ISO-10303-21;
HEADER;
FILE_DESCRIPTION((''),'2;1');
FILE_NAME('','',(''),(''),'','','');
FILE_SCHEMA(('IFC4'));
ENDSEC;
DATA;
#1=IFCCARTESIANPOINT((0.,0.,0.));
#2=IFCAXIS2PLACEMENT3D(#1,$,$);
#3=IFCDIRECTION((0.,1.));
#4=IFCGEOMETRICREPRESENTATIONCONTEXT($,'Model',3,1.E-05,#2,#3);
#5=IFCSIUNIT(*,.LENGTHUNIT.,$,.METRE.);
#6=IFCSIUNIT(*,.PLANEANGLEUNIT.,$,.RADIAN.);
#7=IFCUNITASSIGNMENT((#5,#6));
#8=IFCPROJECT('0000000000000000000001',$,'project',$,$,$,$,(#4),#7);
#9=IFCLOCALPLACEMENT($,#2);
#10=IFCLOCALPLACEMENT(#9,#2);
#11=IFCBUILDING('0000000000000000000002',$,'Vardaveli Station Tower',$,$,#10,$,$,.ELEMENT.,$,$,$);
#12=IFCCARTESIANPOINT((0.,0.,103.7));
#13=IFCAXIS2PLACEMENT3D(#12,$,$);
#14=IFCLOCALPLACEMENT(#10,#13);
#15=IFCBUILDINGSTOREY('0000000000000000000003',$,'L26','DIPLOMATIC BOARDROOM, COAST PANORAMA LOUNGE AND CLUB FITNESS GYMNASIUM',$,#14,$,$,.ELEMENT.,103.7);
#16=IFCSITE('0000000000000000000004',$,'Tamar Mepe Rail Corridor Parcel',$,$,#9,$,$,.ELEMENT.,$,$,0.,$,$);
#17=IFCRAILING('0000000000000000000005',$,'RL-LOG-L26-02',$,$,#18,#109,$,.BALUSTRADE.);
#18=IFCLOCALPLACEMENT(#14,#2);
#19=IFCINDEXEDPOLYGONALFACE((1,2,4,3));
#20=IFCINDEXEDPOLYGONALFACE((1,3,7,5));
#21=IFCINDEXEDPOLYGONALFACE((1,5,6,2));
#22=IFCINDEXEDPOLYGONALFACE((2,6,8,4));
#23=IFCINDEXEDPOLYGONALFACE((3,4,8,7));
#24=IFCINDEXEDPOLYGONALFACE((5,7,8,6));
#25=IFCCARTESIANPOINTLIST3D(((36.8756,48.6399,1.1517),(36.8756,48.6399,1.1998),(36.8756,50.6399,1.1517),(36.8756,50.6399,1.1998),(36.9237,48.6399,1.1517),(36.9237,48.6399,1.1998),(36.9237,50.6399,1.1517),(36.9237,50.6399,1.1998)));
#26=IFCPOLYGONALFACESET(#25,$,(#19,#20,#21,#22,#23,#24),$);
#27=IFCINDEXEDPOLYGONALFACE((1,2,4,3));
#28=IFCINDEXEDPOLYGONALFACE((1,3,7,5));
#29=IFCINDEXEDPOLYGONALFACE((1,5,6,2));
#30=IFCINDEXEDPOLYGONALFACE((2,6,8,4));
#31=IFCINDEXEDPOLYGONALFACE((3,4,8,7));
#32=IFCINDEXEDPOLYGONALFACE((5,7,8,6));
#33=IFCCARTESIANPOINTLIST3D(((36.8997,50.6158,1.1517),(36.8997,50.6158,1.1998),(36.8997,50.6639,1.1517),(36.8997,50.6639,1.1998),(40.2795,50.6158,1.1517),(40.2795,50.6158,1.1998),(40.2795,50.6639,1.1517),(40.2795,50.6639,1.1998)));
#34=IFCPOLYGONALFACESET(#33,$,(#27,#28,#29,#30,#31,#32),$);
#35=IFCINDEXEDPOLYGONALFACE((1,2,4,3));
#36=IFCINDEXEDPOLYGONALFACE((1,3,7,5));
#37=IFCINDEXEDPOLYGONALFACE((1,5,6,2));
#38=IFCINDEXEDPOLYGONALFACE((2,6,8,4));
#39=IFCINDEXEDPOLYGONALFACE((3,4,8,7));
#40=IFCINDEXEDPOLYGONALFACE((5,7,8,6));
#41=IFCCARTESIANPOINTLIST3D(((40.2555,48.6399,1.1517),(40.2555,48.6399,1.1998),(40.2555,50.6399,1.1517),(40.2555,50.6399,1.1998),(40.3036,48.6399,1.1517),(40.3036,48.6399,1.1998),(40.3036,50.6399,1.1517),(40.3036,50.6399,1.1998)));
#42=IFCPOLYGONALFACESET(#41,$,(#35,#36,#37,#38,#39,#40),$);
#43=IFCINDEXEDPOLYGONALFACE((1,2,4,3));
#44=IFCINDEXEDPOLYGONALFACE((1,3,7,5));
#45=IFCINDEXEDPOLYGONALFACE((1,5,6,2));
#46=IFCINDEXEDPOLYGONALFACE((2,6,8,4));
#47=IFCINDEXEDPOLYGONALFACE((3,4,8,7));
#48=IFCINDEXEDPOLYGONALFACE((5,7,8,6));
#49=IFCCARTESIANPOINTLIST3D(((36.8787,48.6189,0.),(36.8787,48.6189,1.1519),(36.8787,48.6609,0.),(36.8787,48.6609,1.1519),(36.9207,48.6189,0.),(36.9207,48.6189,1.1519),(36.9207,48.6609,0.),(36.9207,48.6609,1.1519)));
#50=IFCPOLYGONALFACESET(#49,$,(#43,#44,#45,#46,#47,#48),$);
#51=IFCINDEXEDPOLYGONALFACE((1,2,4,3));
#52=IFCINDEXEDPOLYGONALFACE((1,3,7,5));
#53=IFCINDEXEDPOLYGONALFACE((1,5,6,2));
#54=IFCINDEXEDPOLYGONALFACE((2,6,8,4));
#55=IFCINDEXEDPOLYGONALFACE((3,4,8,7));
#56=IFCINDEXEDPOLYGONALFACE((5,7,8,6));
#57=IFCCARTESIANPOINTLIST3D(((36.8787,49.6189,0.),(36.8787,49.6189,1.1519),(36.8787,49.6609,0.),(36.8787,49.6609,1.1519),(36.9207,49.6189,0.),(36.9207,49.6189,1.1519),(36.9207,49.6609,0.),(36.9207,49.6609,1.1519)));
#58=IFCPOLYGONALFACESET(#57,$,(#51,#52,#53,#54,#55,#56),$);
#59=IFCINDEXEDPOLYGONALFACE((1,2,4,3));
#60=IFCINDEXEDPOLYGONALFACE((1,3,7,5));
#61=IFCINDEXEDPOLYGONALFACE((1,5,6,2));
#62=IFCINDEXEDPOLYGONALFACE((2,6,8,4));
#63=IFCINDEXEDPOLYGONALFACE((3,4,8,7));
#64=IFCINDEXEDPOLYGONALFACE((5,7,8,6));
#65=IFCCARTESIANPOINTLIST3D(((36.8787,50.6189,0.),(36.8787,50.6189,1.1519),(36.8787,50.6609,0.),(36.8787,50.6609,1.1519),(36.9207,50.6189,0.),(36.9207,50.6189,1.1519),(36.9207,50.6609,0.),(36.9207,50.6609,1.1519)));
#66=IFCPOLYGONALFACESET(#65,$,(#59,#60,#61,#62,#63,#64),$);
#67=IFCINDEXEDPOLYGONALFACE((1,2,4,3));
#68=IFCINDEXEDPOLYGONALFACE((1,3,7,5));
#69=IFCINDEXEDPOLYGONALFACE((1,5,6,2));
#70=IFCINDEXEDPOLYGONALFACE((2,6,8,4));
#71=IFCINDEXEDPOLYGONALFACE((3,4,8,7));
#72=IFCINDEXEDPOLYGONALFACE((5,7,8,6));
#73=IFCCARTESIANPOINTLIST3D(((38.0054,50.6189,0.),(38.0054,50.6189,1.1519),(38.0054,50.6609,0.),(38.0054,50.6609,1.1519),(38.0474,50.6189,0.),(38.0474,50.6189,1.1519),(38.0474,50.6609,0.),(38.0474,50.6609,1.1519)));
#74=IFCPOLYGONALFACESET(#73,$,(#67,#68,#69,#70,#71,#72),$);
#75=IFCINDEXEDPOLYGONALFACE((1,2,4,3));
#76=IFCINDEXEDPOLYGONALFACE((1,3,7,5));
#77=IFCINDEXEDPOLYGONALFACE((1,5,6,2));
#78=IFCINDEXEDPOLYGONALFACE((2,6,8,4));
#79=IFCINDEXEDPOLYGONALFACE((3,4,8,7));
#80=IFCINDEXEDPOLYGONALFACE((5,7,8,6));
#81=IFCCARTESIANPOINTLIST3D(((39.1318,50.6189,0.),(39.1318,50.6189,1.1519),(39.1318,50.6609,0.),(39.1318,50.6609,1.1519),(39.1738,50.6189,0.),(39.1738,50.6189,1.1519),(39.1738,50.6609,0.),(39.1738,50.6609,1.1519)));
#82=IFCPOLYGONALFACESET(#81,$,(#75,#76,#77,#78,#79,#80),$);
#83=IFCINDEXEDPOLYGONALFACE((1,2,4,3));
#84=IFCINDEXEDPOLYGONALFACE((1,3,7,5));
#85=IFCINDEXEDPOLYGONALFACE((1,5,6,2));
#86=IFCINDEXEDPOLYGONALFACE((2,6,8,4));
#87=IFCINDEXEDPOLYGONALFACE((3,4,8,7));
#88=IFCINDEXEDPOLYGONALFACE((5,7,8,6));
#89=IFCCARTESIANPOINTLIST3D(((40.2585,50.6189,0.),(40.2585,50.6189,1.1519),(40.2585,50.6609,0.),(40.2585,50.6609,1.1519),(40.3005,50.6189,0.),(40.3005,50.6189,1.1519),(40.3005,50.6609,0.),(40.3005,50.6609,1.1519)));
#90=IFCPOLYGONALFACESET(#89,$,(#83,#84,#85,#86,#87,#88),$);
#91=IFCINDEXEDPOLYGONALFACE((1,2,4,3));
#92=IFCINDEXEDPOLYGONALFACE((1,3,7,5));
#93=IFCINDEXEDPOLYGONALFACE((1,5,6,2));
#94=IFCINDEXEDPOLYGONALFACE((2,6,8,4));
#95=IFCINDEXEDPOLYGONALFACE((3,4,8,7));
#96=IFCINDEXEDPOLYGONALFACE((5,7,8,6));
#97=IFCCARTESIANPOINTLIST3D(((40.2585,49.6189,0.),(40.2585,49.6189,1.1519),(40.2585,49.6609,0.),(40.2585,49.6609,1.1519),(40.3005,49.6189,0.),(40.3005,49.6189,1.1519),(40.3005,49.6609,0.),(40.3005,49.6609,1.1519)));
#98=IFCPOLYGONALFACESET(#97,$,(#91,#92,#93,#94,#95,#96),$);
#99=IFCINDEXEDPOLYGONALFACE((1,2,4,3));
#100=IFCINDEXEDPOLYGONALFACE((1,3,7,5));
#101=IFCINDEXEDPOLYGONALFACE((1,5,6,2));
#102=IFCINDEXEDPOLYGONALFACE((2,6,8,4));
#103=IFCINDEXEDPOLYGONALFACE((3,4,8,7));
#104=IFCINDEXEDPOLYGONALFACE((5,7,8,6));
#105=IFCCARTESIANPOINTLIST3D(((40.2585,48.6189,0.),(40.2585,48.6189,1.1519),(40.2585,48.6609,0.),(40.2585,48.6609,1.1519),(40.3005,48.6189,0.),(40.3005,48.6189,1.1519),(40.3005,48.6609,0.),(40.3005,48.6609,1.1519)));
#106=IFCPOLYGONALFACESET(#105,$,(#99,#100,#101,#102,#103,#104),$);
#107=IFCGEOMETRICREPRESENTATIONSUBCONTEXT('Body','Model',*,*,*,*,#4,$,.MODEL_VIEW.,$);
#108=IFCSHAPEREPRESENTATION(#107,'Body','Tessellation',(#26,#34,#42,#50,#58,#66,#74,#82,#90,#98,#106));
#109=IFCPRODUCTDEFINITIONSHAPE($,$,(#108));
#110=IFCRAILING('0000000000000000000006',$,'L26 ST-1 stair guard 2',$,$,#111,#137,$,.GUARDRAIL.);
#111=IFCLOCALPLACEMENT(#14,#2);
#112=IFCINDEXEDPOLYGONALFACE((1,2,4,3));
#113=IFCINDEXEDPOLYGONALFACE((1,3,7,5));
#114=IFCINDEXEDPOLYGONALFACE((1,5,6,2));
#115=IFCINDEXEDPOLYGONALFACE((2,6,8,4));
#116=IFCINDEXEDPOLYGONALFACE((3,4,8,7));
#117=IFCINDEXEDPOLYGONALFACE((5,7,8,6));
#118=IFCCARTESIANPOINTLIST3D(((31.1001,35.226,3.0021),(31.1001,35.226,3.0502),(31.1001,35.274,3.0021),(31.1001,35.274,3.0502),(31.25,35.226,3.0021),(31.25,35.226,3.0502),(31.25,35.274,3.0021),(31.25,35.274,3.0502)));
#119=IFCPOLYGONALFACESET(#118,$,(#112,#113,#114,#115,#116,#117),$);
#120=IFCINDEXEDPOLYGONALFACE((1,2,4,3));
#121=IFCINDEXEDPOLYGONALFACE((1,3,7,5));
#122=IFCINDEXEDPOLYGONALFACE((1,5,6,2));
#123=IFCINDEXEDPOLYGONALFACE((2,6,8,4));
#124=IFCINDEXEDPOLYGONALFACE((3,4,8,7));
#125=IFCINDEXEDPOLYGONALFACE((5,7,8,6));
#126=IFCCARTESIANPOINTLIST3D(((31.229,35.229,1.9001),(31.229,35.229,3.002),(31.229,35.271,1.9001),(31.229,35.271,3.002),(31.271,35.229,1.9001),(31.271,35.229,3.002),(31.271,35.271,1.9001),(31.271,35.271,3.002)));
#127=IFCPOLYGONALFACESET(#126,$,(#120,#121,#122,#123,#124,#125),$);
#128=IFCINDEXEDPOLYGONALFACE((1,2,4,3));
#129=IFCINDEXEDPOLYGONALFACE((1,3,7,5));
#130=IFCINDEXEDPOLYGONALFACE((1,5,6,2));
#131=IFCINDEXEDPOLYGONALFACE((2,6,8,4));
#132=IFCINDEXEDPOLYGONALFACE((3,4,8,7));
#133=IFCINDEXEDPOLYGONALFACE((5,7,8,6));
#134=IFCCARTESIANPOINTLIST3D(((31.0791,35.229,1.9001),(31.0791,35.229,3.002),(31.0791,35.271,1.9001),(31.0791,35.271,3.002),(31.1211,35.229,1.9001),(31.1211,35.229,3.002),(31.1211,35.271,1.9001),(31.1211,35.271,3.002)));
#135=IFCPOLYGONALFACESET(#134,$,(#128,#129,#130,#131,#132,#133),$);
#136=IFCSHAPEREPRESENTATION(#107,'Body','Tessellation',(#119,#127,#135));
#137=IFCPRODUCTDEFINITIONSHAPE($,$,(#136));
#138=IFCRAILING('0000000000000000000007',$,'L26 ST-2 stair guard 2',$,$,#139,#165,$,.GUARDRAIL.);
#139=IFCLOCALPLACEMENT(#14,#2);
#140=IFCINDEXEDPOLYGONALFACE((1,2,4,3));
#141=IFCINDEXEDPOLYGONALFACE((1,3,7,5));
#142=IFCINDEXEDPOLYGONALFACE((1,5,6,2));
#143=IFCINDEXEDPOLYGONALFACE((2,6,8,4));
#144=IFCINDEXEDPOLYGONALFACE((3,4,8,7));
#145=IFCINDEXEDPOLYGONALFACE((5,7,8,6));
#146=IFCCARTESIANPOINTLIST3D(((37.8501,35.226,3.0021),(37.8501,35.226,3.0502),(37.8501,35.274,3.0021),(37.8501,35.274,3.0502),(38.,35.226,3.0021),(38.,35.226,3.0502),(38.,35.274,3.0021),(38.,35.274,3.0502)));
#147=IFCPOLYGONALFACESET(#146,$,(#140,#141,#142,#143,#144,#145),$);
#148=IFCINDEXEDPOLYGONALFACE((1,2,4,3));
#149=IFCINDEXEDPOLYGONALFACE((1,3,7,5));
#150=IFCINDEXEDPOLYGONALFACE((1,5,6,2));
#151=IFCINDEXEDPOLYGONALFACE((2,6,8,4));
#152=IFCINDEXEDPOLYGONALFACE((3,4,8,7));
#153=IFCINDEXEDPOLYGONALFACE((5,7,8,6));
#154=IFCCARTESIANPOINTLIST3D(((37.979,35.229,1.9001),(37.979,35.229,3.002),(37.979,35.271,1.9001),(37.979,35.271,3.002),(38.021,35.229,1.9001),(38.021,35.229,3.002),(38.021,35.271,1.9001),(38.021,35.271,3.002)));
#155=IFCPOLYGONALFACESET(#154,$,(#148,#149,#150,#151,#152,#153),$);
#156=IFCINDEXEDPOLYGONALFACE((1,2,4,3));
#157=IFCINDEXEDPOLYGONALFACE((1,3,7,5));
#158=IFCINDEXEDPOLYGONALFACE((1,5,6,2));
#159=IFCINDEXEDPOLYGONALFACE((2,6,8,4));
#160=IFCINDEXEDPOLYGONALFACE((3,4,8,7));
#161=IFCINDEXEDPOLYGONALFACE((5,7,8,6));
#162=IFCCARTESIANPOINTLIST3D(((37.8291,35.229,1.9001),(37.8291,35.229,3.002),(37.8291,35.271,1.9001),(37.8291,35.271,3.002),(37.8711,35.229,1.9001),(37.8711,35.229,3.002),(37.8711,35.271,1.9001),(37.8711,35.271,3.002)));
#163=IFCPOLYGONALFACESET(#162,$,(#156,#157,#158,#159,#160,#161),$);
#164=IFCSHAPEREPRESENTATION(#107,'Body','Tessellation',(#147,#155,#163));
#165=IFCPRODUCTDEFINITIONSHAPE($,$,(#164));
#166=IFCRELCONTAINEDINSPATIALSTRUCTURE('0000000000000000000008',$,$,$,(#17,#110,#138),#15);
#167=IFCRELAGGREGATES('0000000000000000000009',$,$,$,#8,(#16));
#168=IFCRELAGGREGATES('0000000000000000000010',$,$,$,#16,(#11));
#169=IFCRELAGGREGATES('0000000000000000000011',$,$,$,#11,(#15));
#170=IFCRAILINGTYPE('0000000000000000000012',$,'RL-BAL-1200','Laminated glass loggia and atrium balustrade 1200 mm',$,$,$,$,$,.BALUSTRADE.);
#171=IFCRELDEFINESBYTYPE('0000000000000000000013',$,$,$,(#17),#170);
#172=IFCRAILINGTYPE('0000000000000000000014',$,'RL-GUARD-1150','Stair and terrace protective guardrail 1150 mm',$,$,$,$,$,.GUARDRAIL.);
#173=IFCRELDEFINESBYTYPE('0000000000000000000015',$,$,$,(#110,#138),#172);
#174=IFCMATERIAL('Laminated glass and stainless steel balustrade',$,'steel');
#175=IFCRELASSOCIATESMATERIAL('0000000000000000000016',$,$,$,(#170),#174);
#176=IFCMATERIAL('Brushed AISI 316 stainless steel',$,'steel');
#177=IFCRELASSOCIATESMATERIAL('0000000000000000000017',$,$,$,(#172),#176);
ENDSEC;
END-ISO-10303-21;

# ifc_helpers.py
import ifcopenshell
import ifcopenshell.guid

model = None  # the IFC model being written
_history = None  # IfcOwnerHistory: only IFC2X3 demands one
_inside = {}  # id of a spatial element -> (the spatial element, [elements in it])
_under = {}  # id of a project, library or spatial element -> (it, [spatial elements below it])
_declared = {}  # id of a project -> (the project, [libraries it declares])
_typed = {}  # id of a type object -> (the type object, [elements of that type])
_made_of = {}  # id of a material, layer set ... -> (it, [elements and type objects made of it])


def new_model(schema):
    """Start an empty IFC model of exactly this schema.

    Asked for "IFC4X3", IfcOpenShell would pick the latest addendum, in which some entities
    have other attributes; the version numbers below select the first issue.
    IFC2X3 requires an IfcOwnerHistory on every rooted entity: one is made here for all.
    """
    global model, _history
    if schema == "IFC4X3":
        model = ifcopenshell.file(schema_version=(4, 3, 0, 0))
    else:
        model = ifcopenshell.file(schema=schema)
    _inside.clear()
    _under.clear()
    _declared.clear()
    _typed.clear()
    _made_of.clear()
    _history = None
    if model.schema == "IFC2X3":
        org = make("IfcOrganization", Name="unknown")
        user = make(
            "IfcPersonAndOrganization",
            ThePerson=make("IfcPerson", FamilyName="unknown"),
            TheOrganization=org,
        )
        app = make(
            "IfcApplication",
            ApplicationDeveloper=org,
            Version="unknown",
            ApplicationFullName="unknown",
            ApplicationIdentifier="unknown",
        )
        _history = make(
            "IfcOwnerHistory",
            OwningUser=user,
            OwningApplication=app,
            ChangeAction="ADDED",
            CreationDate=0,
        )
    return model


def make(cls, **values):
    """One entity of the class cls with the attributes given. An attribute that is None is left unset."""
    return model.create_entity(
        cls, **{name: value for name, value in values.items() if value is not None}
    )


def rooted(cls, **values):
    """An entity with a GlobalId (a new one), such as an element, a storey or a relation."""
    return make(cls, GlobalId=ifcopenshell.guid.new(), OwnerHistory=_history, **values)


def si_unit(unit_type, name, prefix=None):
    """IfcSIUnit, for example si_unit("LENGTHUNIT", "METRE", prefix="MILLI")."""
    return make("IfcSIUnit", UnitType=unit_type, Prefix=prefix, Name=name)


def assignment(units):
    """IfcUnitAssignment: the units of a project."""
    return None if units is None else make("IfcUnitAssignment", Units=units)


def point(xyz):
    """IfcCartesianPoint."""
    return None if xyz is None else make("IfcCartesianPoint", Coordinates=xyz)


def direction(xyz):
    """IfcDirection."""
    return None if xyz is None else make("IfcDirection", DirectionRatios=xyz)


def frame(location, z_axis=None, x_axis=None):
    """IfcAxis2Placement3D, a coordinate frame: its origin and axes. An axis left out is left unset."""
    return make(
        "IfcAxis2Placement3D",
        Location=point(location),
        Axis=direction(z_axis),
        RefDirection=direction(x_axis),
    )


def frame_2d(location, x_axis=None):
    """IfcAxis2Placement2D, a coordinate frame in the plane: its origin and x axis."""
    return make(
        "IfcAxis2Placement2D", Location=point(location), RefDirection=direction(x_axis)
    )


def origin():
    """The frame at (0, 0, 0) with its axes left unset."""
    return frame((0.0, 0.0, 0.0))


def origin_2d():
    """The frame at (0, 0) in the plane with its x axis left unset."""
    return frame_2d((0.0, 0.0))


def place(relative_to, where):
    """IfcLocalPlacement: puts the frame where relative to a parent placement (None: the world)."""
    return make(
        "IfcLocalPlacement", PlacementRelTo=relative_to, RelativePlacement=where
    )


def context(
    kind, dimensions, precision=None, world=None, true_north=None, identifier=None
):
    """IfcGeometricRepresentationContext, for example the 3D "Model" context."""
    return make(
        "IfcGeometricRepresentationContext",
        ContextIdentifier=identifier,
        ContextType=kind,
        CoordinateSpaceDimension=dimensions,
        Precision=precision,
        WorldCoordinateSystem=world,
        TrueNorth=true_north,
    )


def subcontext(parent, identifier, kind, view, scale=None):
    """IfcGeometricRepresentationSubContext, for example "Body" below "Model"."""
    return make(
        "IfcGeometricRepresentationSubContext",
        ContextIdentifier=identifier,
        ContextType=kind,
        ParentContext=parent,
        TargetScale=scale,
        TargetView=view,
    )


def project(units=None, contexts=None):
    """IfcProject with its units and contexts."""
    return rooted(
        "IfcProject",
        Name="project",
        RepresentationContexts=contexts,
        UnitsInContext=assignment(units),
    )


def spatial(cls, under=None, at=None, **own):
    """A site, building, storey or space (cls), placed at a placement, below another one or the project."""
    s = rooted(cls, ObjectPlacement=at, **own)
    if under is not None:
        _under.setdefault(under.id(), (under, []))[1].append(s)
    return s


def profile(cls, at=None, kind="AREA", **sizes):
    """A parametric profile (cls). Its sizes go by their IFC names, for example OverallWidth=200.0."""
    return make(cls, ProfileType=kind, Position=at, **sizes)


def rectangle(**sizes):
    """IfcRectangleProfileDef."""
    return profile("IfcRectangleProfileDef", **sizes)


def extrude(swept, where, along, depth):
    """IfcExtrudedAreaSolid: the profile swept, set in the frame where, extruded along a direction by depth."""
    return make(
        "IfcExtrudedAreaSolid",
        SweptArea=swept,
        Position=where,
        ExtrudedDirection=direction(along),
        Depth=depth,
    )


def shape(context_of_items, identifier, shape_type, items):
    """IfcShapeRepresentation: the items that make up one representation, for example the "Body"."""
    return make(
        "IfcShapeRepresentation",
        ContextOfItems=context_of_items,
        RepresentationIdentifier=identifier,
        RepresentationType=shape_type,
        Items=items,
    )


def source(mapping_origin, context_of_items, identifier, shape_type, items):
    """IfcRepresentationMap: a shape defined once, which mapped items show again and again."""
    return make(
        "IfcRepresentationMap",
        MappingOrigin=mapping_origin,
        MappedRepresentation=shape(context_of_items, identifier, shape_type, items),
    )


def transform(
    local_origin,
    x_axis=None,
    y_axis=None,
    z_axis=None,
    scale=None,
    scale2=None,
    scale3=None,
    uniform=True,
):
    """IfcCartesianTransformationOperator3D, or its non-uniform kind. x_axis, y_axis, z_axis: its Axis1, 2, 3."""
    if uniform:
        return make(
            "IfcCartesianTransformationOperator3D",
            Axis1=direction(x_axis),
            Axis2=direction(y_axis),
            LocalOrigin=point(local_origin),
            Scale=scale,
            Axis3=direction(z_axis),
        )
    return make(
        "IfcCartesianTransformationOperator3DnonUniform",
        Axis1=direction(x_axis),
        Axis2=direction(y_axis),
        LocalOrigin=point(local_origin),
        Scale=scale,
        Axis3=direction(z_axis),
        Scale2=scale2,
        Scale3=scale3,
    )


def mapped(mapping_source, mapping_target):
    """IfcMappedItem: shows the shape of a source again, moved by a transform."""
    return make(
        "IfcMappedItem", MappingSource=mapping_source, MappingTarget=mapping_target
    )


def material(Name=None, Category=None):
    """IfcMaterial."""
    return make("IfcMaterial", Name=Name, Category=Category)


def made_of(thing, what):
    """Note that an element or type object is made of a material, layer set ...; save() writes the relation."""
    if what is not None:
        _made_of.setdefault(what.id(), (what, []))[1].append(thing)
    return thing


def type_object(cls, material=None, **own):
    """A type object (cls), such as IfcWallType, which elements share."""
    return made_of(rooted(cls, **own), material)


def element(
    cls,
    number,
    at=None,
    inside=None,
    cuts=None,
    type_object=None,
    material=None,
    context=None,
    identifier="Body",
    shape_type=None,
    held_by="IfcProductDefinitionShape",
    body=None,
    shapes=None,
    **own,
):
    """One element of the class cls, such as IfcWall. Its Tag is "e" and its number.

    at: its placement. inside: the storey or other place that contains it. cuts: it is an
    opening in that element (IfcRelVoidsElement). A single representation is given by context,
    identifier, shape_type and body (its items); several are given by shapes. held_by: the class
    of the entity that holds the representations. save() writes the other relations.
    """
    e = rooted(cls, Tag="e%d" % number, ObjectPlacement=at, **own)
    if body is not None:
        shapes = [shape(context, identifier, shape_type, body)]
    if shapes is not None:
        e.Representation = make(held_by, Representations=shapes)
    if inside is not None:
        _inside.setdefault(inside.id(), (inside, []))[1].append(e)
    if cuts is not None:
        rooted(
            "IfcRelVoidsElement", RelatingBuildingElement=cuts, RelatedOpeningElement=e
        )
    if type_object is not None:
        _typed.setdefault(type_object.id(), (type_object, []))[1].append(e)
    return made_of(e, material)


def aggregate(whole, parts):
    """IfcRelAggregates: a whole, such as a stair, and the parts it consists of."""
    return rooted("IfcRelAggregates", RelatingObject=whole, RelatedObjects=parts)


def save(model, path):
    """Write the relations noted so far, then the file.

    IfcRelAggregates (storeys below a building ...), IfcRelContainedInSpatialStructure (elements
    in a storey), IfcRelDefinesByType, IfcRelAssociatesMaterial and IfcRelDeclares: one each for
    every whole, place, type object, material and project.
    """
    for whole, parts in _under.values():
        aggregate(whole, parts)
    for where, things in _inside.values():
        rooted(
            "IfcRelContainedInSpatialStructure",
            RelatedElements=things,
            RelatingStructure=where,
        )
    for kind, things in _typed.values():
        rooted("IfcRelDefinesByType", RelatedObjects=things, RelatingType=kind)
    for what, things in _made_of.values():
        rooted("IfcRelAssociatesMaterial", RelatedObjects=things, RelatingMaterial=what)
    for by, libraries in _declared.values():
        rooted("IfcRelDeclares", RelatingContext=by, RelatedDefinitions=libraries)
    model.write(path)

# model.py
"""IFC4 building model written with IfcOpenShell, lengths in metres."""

from ifc_helpers import new_model, si_unit, direction, frame, origin, origin_2d, place, context, subcontext, project, spatial, rectangle, extrude, source, transform, mapped, material, type_object, element, save


model = new_model("IFC4")

# Units and contexts
model_context = context("Model", 3, precision=1e-05, world=origin(), true_north=direction((0.0, 1.0)))
body_context = subcontext(model_context, "Body", "Model", "MODEL_VIEW")
ifc_project = project(units=[si_unit("LENGTHUNIT", "METRE"), si_unit("PLANEANGLEUNIT", "RADIAN")], contexts=[model_context])

# Site, building, storey
site_placement = place(None, origin())
site = spatial("IfcSite", under=ifc_project, at=site_placement, Name="Tamar Mepe Rail Corridor Parcel", CompositionType="ELEMENT", RefElevation=0.0)
building_placement = place(site_placement, origin())
building = spatial("IfcBuilding", under=site, at=building_placement, Name="Vardaveli Station Tower", CompositionType="ELEMENT")
storey_placement = place(building_placement, frame((0.0, 0.0, 103.7)))
storey = spatial("IfcBuildingStorey", under=building, at=storey_placement, Name="L26", Description="DIPLOMATIC BOARDROOM, COAST PANORAMA LOUNGE AND CLUB FITNESS GYMNASIUM", CompositionType="ELEMENT", Elevation=103.7)

# Railings
ifc_material_1 = material(Name="Laminated glass and stainless steel balustrade", Category="steel")
railing_type_1 = type_object("IfcRailingType", Name="RL-BAL-1200", Description="Laminated glass loggia and atrium balustrade 1200 mm", PredefinedType="BALUSTRADE", material=ifc_material_1)
shared_shape_1 = source(origin(), body_context, "Body", "SweptSolid", [
    extrude(rectangle(XDim=0.0481, YDim=0.0481, at=origin_2d()), frame((0.0, 0.0, 1.1758), z_axis=(0.0, 1.0, 0.0), x_axis=(-1.0, 0.0, 0.0)), (0.0, 0.0, 1.0), 2.0),
    extrude(rectangle(XDim=0.0481, YDim=0.0481, at=origin_2d()), frame((0.0, 2.0, 1.1758), z_axis=(1.0, 0.0, 0.0), x_axis=(0.0, 1.0, 0.0)), (0.0, 0.0, 1.0), 3.3799),
    extrude(rectangle(XDim=0.0481, YDim=0.0481, at=origin_2d()), frame((3.3799, 2.0, 1.1758), z_axis=(0.0, -1.0, 0.0), x_axis=(1.0, 0.0, 0.0)), (0.0, 0.0, 1.0), 2.0),
    extrude(rectangle(XDim=0.042, YDim=0.042, at=origin_2d()), origin(), (0.0, 0.0, 1.0), 1.1519),
    extrude(rectangle(XDim=0.042, YDim=0.042, at=origin_2d()), frame((0.0, 1.0, 0.0)), (0.0, 0.0, 1.0), 1.1519),
    extrude(rectangle(XDim=0.042, YDim=0.042, at=origin_2d()), frame((0.0, 2.0, 0.0)), (0.0, 0.0, 1.0), 1.1519),
    extrude(rectangle(XDim=0.042, YDim=0.042, at=origin_2d()), frame((1.1267, 2.0, 0.0)), (0.0, 0.0, 1.0), 1.1519),
    extrude(rectangle(XDim=0.042, YDim=0.042, at=origin_2d()), frame((2.2532, 2.0, 0.0)), (0.0, 0.0, 1.0), 1.1519),
    extrude(rectangle(XDim=0.042, YDim=0.042, at=origin_2d()), frame((3.3799, 2.0, 0.0)), (0.0, 0.0, 1.0), 1.1519),
    extrude(rectangle(XDim=0.042, YDim=0.042, at=origin_2d()), frame((3.3799, 1.0, 0.0)), (0.0, 0.0, 1.0), 1.1519),
    extrude(rectangle(XDim=0.042, YDim=0.042, at=origin_2d()), frame((3.3799, 0.0, 0.0)), (0.0, 0.0, 1.0), 1.1519),
])
railing_placement = place(storey_placement, frame((36.8997, 48.6399, 0.0)))
element("IfcRailing", 1, at=railing_placement, inside=storey, type_object=railing_type_1, Name="RL-LOG-L26-02", PredefinedType="BALUSTRADE", context=body_context, shape_type="MappedRepresentation", body=[
    mapped(shared_shape_1, transform((0.0, 0.0, 0.0), scale=1.0)),
])
ifc_material_2 = material(Name="Brushed AISI 316 stainless steel", Category="steel")
railing_type_2 = type_object("IfcRailingType", Name="RL-GUARD-1150", Description="Stair and terrace protective guardrail 1150 mm", PredefinedType="GUARDRAIL", material=ifc_material_2)
shared_shape_2 = source(origin(), body_context, "Body", "SweptSolid", [
    extrude(rectangle(XDim=0.0481, YDim=0.0481, at=origin_2d()), frame((0.0, 0.0, 1.126), z_axis=(-1.0, 0.0, 0.0), x_axis=(0.0, -1.0, 0.0)), (0.0, 0.0, 1.0), 0.1499),
    extrude(rectangle(XDim=0.042, YDim=0.042, at=origin_2d()), origin(), (0.0, 0.0, 1.0), 1.1018),
    extrude(rectangle(XDim=0.042, YDim=0.042, at=origin_2d()), frame((-0.1499, 0.0, 0.0)), (0.0, 0.0, 1.0), 1.1018),
])
for number, where, name in (
    (2, (31.25, 35.25, 1.9001), "L26 ST-1 stair guard 2"),
    (3, (38.0, 35.25, 1.9001), "L26 ST-2 stair guard 2"),
):
    element("IfcRailing", number, at=place(storey_placement, frame(where)), inside=storey, type_object=railing_type_2, Name=name, PredefinedType="GUARDRAIL", context=body_context, shape_type="MappedRepresentation", body=[
        mapped(shared_shape_2, transform((0.0, 0.0, 0.0), scale=1.0)),
    ])

save(model, "model.ifc")
